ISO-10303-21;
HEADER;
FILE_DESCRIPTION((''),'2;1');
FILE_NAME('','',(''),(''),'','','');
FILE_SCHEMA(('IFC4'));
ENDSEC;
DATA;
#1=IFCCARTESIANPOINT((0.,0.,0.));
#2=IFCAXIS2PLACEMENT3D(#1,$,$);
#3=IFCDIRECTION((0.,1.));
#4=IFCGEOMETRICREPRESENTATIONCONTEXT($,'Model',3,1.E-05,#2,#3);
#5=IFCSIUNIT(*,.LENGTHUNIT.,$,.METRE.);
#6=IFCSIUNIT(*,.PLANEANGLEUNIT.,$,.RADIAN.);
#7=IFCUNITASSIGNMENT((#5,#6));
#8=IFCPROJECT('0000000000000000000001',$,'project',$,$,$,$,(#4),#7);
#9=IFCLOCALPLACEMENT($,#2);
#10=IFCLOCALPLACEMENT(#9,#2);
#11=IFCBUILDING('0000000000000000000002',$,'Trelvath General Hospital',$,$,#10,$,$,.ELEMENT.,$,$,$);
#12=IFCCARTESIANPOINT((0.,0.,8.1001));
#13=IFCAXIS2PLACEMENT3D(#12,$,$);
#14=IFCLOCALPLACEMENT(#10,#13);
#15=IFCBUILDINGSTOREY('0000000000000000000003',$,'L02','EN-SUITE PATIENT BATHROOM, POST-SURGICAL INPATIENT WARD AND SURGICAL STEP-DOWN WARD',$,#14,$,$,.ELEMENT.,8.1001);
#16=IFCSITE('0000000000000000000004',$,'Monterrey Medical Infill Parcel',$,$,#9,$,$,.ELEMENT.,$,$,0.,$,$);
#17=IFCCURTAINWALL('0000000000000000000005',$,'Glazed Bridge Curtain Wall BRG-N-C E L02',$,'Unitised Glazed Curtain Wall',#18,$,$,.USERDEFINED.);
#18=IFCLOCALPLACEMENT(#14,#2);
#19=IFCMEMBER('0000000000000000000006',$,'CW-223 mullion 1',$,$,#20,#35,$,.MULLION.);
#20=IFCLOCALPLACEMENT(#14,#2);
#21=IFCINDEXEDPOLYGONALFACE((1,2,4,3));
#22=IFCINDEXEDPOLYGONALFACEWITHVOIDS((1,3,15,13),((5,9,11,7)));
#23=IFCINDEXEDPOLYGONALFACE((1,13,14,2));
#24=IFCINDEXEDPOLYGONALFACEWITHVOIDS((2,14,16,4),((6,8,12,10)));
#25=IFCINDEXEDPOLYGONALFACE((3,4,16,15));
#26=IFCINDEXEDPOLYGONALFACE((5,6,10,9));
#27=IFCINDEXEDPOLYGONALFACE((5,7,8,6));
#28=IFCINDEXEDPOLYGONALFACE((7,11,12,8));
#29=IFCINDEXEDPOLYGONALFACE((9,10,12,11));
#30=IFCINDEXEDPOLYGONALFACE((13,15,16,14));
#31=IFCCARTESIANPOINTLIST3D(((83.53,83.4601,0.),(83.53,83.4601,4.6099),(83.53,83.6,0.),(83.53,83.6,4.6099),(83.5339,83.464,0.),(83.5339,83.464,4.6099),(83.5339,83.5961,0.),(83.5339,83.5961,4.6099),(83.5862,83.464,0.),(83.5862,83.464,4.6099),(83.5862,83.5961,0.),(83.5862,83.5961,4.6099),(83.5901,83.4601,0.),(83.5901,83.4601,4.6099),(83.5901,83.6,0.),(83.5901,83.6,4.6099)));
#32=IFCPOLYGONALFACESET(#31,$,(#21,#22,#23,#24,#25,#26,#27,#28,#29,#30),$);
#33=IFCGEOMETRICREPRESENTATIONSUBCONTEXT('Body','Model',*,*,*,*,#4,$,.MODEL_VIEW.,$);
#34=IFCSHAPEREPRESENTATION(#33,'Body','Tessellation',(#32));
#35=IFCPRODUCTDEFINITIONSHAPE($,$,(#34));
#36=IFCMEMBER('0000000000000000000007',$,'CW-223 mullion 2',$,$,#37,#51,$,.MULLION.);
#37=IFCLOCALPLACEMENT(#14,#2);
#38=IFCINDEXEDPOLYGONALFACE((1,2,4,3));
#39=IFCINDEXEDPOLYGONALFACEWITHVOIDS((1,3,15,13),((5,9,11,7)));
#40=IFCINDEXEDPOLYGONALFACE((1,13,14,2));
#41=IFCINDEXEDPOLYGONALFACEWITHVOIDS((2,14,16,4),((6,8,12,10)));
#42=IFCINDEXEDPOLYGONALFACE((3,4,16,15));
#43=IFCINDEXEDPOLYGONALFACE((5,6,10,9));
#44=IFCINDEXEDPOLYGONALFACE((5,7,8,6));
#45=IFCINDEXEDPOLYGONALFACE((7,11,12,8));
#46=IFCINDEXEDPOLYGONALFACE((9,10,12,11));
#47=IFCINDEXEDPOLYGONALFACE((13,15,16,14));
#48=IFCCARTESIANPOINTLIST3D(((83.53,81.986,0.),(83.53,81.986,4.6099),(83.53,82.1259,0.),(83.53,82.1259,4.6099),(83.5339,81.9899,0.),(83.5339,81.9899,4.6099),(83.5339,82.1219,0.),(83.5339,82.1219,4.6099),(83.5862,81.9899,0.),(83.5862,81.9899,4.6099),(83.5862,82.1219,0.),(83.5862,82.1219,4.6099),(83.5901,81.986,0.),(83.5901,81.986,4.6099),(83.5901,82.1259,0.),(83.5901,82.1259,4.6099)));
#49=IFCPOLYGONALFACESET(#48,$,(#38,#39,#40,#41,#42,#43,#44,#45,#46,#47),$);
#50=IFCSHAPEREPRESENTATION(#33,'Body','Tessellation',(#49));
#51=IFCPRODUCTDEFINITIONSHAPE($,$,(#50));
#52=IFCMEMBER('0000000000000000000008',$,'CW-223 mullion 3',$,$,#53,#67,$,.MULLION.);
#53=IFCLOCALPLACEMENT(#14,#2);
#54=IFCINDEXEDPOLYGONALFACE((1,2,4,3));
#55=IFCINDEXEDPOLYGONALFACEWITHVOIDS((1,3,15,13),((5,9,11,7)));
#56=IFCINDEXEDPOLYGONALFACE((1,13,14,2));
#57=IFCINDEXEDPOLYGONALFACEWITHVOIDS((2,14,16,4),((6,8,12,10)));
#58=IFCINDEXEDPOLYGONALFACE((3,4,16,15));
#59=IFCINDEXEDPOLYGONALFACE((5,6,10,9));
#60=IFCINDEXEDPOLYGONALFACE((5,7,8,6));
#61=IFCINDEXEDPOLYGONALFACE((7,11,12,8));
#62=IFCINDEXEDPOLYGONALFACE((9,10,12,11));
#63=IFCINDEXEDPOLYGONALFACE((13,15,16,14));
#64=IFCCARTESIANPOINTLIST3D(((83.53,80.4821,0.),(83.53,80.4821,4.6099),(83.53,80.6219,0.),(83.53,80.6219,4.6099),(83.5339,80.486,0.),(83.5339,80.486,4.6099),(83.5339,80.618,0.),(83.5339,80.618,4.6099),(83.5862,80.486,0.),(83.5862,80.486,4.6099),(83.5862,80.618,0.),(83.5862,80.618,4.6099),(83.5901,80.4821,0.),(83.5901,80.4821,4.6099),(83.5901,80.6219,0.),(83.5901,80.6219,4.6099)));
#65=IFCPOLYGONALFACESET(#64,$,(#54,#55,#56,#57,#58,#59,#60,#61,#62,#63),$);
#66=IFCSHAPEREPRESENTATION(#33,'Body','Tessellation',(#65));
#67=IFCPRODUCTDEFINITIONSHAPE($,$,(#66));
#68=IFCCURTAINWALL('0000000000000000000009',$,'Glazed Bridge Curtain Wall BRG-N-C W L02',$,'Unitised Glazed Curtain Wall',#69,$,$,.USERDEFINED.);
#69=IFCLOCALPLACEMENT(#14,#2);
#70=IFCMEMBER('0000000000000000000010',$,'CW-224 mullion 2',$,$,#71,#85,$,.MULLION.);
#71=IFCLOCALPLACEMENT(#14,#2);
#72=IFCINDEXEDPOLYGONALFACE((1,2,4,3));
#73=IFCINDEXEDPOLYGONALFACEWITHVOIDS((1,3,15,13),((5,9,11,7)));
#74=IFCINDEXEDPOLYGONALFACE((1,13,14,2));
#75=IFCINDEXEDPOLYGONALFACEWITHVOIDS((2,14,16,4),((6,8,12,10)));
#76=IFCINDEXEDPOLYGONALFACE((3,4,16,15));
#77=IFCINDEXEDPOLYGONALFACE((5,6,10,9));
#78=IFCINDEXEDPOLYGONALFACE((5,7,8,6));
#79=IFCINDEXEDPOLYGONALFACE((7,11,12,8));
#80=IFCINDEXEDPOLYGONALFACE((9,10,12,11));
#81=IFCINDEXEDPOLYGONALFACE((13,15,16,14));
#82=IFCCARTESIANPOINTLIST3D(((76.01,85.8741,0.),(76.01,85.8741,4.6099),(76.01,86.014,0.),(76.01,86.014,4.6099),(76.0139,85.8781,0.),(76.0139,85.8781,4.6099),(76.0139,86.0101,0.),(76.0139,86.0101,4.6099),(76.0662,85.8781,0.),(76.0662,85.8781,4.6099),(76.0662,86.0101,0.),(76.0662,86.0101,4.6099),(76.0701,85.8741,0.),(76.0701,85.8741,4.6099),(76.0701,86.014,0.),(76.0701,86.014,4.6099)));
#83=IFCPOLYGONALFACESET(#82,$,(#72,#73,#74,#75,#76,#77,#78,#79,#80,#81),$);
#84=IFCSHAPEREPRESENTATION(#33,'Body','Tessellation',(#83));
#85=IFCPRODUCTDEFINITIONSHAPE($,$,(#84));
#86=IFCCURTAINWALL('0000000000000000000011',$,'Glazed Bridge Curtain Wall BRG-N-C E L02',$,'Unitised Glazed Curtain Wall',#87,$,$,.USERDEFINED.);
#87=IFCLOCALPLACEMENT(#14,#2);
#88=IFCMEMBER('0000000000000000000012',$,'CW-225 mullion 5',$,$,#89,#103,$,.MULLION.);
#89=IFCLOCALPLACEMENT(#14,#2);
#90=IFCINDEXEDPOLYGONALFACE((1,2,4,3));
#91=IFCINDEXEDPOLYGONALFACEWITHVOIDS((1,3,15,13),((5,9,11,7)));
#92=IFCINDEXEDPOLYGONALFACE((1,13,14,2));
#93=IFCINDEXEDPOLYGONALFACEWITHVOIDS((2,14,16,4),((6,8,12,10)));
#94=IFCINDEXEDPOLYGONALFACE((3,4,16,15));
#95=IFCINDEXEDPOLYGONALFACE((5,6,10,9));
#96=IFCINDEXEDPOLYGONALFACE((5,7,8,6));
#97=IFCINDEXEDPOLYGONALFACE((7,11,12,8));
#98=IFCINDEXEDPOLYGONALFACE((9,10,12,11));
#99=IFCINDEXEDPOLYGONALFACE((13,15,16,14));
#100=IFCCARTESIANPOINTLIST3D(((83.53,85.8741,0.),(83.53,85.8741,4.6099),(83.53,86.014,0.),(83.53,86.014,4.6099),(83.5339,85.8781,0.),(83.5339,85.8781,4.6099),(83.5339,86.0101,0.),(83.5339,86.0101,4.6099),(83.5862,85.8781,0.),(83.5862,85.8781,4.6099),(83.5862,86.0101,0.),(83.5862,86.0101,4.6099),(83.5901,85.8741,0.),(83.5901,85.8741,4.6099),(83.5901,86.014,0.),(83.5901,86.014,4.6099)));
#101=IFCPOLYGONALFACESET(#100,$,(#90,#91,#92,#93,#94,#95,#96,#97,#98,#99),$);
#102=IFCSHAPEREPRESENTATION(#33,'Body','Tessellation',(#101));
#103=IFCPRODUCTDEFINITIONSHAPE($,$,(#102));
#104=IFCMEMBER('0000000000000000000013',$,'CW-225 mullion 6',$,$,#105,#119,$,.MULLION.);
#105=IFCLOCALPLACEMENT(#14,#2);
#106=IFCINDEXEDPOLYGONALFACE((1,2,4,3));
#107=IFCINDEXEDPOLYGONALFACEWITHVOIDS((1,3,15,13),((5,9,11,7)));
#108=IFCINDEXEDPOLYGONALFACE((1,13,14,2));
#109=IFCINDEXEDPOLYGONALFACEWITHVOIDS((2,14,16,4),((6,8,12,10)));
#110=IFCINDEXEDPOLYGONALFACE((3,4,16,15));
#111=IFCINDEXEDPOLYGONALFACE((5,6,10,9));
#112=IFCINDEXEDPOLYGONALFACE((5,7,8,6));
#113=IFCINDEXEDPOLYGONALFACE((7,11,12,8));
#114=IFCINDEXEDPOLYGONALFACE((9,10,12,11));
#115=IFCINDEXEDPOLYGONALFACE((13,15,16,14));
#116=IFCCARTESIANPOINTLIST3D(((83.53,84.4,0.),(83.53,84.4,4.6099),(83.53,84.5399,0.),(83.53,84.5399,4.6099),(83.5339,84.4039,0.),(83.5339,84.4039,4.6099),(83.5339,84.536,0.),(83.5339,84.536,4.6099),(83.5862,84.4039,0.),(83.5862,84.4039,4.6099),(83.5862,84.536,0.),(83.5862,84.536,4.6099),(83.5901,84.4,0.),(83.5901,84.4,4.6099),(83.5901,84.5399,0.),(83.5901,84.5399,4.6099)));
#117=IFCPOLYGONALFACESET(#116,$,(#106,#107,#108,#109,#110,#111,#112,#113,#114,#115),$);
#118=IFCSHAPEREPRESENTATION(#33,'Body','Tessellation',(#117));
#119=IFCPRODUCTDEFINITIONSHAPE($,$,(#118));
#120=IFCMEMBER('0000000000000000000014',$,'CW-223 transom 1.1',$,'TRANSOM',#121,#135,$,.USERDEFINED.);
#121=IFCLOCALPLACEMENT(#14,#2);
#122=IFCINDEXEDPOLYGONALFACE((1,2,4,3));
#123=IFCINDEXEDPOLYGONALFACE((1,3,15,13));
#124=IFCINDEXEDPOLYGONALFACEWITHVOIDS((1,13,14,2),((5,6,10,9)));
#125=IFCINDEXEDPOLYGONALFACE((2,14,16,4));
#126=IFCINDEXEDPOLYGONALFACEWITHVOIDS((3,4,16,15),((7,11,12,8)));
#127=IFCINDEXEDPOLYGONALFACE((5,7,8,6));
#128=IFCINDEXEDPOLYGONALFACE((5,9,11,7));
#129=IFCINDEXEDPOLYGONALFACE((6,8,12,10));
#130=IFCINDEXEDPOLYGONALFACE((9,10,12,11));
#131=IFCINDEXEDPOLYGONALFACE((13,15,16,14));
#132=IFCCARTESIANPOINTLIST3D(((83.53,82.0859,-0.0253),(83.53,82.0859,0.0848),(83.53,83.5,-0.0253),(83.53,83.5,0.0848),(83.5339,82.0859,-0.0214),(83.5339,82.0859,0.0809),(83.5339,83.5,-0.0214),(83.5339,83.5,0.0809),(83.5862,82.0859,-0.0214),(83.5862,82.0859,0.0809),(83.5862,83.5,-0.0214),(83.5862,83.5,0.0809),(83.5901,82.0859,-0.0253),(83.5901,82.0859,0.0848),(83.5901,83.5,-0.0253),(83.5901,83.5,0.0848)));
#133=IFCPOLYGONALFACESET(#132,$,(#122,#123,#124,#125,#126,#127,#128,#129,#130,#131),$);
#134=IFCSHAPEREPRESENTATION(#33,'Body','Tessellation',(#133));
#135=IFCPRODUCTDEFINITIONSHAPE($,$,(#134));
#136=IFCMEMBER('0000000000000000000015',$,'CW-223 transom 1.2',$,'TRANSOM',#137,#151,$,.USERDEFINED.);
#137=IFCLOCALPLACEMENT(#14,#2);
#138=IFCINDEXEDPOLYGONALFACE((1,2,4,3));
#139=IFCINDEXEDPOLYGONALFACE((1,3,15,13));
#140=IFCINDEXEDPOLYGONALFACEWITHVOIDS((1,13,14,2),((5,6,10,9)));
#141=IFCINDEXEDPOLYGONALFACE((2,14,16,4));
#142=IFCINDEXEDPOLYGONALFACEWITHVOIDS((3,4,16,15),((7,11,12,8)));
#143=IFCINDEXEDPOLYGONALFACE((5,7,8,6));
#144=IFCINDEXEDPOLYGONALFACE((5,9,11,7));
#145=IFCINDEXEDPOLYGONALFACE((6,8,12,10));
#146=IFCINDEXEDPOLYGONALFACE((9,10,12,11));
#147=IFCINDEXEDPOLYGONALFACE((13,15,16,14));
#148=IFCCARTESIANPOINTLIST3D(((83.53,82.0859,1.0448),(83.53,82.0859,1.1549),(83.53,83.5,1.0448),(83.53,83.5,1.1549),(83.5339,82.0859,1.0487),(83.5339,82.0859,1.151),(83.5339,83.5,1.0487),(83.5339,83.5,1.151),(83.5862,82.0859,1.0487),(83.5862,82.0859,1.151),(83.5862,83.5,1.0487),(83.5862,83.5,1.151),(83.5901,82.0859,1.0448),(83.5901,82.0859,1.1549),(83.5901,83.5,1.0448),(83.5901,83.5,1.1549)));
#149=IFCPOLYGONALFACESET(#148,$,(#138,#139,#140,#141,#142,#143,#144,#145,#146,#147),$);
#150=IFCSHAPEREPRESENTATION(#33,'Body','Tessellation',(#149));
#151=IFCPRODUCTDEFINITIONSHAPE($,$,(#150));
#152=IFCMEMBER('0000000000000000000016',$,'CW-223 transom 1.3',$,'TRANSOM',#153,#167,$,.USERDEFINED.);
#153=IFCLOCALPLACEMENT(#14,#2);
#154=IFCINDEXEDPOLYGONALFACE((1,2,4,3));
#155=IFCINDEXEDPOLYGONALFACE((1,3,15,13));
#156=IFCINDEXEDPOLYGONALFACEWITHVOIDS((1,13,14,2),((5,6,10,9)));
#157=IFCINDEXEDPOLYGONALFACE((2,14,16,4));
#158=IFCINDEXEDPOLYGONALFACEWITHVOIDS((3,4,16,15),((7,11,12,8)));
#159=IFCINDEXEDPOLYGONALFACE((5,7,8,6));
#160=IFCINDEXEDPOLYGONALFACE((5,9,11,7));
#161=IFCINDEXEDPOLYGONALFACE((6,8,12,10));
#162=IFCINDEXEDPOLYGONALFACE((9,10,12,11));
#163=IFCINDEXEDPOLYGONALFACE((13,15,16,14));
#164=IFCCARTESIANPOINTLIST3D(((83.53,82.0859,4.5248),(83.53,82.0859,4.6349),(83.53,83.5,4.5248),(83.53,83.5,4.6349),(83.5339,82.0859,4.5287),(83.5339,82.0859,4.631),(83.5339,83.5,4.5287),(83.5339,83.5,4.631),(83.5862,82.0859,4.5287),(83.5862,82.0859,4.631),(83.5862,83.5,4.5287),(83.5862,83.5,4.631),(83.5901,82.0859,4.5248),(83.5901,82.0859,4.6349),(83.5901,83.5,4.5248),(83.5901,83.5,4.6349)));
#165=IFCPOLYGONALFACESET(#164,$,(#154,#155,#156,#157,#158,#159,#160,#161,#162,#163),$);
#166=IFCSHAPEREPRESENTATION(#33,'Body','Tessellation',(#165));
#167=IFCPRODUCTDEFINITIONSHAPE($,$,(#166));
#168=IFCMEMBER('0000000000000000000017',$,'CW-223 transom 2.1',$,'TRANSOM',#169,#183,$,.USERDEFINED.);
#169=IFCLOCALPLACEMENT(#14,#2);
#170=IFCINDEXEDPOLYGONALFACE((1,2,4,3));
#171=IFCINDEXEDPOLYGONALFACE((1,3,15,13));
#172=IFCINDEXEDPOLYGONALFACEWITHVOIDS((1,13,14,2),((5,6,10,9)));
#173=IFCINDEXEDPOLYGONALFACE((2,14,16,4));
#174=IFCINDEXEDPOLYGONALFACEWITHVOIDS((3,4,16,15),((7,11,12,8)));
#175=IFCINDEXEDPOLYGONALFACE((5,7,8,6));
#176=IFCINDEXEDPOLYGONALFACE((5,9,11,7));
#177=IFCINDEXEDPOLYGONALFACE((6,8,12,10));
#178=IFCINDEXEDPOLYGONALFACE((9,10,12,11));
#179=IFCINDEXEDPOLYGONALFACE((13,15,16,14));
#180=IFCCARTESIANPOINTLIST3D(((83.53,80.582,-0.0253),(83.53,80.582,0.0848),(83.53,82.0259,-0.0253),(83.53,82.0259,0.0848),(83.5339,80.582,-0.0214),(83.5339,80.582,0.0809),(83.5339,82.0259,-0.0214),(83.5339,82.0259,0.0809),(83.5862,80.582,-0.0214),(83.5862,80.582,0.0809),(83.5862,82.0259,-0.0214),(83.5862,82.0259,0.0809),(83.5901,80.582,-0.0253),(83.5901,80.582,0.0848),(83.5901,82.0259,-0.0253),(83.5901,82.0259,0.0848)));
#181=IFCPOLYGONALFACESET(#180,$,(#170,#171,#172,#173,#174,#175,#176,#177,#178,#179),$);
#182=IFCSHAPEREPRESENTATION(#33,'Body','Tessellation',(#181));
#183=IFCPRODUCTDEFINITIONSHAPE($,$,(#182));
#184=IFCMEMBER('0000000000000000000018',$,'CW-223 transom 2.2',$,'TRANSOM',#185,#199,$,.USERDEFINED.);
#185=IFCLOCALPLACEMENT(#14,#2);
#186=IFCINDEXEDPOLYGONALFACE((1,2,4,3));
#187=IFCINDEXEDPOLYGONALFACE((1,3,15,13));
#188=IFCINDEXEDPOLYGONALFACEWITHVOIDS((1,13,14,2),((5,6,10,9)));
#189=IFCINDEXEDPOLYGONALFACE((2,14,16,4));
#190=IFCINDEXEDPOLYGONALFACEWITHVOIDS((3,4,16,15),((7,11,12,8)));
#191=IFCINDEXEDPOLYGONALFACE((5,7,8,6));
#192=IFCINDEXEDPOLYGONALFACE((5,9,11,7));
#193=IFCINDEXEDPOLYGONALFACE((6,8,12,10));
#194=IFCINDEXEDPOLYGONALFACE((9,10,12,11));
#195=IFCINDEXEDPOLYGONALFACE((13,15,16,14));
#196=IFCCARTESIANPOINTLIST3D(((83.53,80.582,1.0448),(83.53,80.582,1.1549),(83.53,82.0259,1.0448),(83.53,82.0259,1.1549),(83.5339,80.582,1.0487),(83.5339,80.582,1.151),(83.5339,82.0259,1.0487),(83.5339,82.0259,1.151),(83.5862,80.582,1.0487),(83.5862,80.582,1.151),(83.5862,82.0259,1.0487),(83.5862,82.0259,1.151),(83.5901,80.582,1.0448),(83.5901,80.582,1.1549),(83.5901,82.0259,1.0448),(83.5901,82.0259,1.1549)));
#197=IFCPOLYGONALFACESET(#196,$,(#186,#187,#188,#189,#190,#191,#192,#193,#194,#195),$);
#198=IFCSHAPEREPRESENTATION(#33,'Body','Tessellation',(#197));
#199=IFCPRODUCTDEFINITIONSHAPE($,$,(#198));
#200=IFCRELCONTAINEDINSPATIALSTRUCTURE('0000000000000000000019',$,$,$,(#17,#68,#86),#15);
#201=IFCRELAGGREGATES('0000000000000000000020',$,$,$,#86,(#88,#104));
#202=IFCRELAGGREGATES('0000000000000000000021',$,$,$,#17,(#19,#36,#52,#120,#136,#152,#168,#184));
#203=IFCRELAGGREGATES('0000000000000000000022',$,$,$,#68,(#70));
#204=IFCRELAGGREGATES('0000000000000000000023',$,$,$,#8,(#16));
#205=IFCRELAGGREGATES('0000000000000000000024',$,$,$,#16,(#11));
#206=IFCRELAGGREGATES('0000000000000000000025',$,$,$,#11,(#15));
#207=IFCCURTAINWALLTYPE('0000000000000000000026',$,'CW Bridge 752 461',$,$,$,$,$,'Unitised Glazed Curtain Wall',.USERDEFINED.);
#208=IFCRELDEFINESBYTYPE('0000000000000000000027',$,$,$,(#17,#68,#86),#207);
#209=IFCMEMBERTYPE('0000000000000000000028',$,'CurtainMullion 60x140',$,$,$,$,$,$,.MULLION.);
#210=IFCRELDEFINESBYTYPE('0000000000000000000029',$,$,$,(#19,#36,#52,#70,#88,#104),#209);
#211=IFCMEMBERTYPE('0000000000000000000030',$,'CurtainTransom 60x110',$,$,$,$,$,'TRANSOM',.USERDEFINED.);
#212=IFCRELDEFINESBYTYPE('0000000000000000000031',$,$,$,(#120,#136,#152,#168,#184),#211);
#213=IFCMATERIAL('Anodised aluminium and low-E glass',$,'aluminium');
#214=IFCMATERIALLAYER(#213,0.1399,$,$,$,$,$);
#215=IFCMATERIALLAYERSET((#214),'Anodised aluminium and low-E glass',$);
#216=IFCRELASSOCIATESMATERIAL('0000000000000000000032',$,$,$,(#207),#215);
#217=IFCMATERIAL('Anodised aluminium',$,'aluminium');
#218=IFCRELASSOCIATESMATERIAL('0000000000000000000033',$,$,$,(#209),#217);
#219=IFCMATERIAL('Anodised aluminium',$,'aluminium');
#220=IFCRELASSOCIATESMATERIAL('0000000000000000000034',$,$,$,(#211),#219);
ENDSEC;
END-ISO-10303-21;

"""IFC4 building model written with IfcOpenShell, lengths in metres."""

from ifc_helpers import new_model, si_unit, direction, frame, origin, origin_2d, place, context, subcontext, project, spatial, hollow_rectangle, extrude, material, layer, layer_set, material_profile, profile_set, type_object, element, aggregate, save


model = new_model("IFC4")

# Units and contexts
model_context = context("Model", 3, precision=1e-05, world=origin(), true_north=direction((0.0, 1.0)))
body_context = subcontext(model_context, "Body", "Model", "MODEL_VIEW")
ifc_project = project(units=[si_unit("LENGTHUNIT", "METRE"), si_unit("PLANEANGLEUNIT", "RADIAN")], contexts=[model_context])

# Site, building, storey
site_placement = place(None, origin())
site = spatial("IfcSite", under=ifc_project, at=site_placement, Name="Monterrey Medical Infill Parcel", CompositionType="ELEMENT", RefElevation=0.0)
building_placement = place(site_placement, origin())
building = spatial("IfcBuilding", under=site, at=building_placement, Name="Trelvath General Hospital", CompositionType="ELEMENT")
storey_placement = place(building_placement, frame((0.0, 0.0, 8.1001)))
storey = spatial("IfcBuildingStorey", under=building, at=storey_placement, Name="L02", Description="EN-SUITE PATIENT BATHROOM, POST-SURGICAL INPATIENT WARD AND SURGICAL STEP-DOWN WARD", CompositionType="ELEMENT", Elevation=8.1001)

# Curtain wall, members
ifc_material_1 = material(Name="Anodised aluminium and low-E glass", Category="aluminium")
ifc_layer_1 = layer(ifc_material_1, 0.1399)
ifc_layer_set_1 = layer_set([ifc_layer_1], Name="Anodised aluminium and low-E glass")
curtain_wall_type = type_object("IfcCurtainWallType", Name="CW Bridge 752 461", ElementType="Unitised Glazed Curtain Wall", PredefinedType="USERDEFINED", material=ifc_layer_set_1)
curtain_wall_1_placement = place(storey_placement, origin())
curtain_wall_1 = element("IfcCurtainWall", 1, at=curtain_wall_1_placement, inside=storey, type_object=curtain_wall_type, Name="Glazed Bridge Curtain Wall BRG-N-C E L02", ObjectType="Unitised Glazed Curtain Wall", PredefinedType="USERDEFINED")
ifc_material_2 = material(Name="Anodised aluminium", Category="aluminium")
ifc_material_profile_1 = material_profile(ifc_material_2, hollow_rectangle(XDim=0.0601, YDim=0.1399, WallThickness=0.0039, at=origin_2d()), Name="RHS60x140x4")
ifc_profile_set_1 = profile_set([ifc_material_profile_1], Name="Anodised aluminium")
member_type_1 = type_object("IfcMemberType", Name="CurtainMullion 60x140", PredefinedType="MULLION", material=ifc_profile_set_1)
member_1_placement = place(storey_placement, frame((83.5601, 83.53, 0.0), z_axis=(0.0, 0.0, 1.0), x_axis=(1.0, 0.0, 0.0)))
member_1 = element("IfcMember", 2, at=member_1_placement, type_object=member_type_1, Name="CW-223 mullion 1", PredefinedType="MULLION", context=body_context, shape_type="SweptSolid", body=[
    extrude(hollow_rectangle(XDim=0.0601, YDim=0.1399, WallThickness=0.0039, at=origin_2d()), origin(), (0.0, 0.0, 1.0), 4.6099),
])
member_2_placement = place(storey_placement, frame((83.5601, 82.0559, 0.0), z_axis=(0.0, 0.0, 1.0), x_axis=(1.0, 0.0, 0.0)))
member_2 = element("IfcMember", 3, at=member_2_placement, type_object=member_type_1, Name="CW-223 mullion 2", PredefinedType="MULLION", context=body_context, shape_type="SweptSolid", body=[
    extrude(hollow_rectangle(XDim=0.0601, YDim=0.1399, WallThickness=0.0039, at=origin_2d()), origin(), (0.0, 0.0, 1.0), 4.6099),
])
member_3_placement = place(storey_placement, frame((83.5601, 80.552, 0.0), z_axis=(0.0, 0.0, 1.0), x_axis=(1.0, 0.0, 0.0)))
member_3 = element("IfcMember", 4, at=member_3_placement, type_object=member_type_1, Name="CW-223 mullion 3", PredefinedType="MULLION", context=body_context, shape_type="SweptSolid", body=[
    extrude(hollow_rectangle(XDim=0.0601, YDim=0.1399, WallThickness=0.0039, at=origin_2d()), origin(), (0.0, 0.0, 1.0), 4.6099),
])

# Curtain wall, member
curtain_wall_2_placement = place(storey_placement, origin())
curtain_wall_2 = element("IfcCurtainWall", 5, at=curtain_wall_2_placement, inside=storey, type_object=curtain_wall_type, Name="Glazed Bridge Curtain Wall BRG-N-C W L02", ObjectType="Unitised Glazed Curtain Wall", PredefinedType="USERDEFINED")
member_4_placement = place(storey_placement, frame((76.04, 85.9441, 0.0), z_axis=(0.0, 0.0, 1.0), x_axis=(-1.0, 0.0, 0.0)))
member_4 = element("IfcMember", 6, at=member_4_placement, type_object=member_type_1, Name="CW-224 mullion 2", PredefinedType="MULLION", context=body_context, shape_type="SweptSolid", body=[
    extrude(hollow_rectangle(XDim=0.0601, YDim=0.1399, WallThickness=0.0039, at=origin_2d()), origin(), (0.0, 0.0, 1.0), 4.6099),
])

# Curtain wall, members
curtain_wall_3_placement = place(storey_placement, origin())
curtain_wall_3 = element("IfcCurtainWall", 7, at=curtain_wall_3_placement, inside=storey, type_object=curtain_wall_type, Name="Glazed Bridge Curtain Wall BRG-N-C E L02", ObjectType="Unitised Glazed Curtain Wall", PredefinedType="USERDEFINED")
member_5_placement = place(storey_placement, frame((83.5601, 85.9441, 0.0), z_axis=(0.0, 0.0, 1.0), x_axis=(1.0, 0.0, 0.0)))
member_5 = element("IfcMember", 8, at=member_5_placement, type_object=member_type_1, Name="CW-225 mullion 5", PredefinedType="MULLION", context=body_context, shape_type="SweptSolid", body=[
    extrude(hollow_rectangle(XDim=0.0601, YDim=0.1399, WallThickness=0.0039, at=origin_2d()), origin(), (0.0, 0.0, 1.0), 4.6099),
])
member_6_placement = place(storey_placement, frame((83.5601, 84.47, 0.0), z_axis=(0.0, 0.0, 1.0), x_axis=(1.0, 0.0, 0.0)))
member_6 = element("IfcMember", 9, at=member_6_placement, type_object=member_type_1, Name="CW-225 mullion 6", PredefinedType="MULLION", context=body_context, shape_type="SweptSolid", body=[
    extrude(hollow_rectangle(XDim=0.0601, YDim=0.1399, WallThickness=0.0039, at=origin_2d()), origin(), (0.0, 0.0, 1.0), 4.6099),
])
aggregate(curtain_wall_3, [member_5, member_6])

# Members
ifc_material_3 = material(Name="Anodised aluminium", Category="aluminium")
ifc_material_profile_2 = material_profile(ifc_material_3, hollow_rectangle(XDim=0.0601, YDim=0.1101, WallThickness=0.0039, at=origin_2d()), Name="RHS60x110x4")
ifc_profile_set_2 = profile_set([ifc_material_profile_2], Name="Anodised aluminium")
member_type_2 = type_object("IfcMemberType", Name="CurtainTransom 60x110", ElementType="TRANSOM", PredefinedType="USERDEFINED", material=ifc_profile_set_2)
member_7_placement = place(storey_placement, frame((83.5601, 83.5, 0.0298), z_axis=(0.0, -1.0, 0.0), x_axis=(1.0, 0.0, 0.0)))
member_7 = element("IfcMember", 10, at=member_7_placement, type_object=member_type_2, Name="CW-223 transom 1.1", ObjectType="TRANSOM", PredefinedType="USERDEFINED", context=body_context, shape_type="SweptSolid", body=[
    extrude(hollow_rectangle(XDim=0.0601, YDim=0.1101, WallThickness=0.0039, at=origin_2d()), origin(), (0.0, 0.0, 1.0), 1.4141),
])
member_8_placement = place(storey_placement, frame((83.5601, 83.5, 1.0999), z_axis=(0.0, -1.0, 0.0), x_axis=(1.0, 0.0, 0.0)))
member_8 = element("IfcMember", 11, at=member_8_placement, type_object=member_type_2, Name="CW-223 transom 1.2", ObjectType="TRANSOM", PredefinedType="USERDEFINED", context=body_context, shape_type="SweptSolid", body=[
    extrude(hollow_rectangle(XDim=0.0601, YDim=0.1101, WallThickness=0.0039, at=origin_2d()), origin(), (0.0, 0.0, 1.0), 1.4141),
])
member_9_placement = place(storey_placement, frame((83.5601, 83.5, 4.5798), z_axis=(0.0, -1.0, 0.0), x_axis=(1.0, 0.0, 0.0)))
member_9 = element("IfcMember", 12, at=member_9_placement, type_object=member_type_2, Name="CW-223 transom 1.3", ObjectType="TRANSOM", PredefinedType="USERDEFINED", context=body_context, shape_type="SweptSolid", body=[
    extrude(hollow_rectangle(XDim=0.0601, YDim=0.1101, WallThickness=0.0039, at=origin_2d()), origin(), (0.0, 0.0, 1.0), 1.4141),
])
member_10_placement = place(storey_placement, frame((83.5601, 82.0259, 0.0298), z_axis=(0.0, -1.0, 0.0), x_axis=(1.0, 0.0, 0.0)))
member_10 = element("IfcMember", 13, at=member_10_placement, type_object=member_type_2, Name="CW-223 transom 2.1", ObjectType="TRANSOM", PredefinedType="USERDEFINED", context=body_context, shape_type="SweptSolid", body=[
    extrude(hollow_rectangle(XDim=0.0601, YDim=0.1101, WallThickness=0.0039, at=origin_2d()), origin(), (0.0, 0.0, 1.0), 1.4438),
])
member_11_placement = place(storey_placement, frame((83.5601, 82.0259, 1.0999), z_axis=(0.0, -1.0, 0.0), x_axis=(1.0, 0.0, 0.0)))
member_11 = element("IfcMember", 14, at=member_11_placement, type_object=member_type_2, Name="CW-223 transom 2.2", ObjectType="TRANSOM", PredefinedType="USERDEFINED", context=body_context, shape_type="SweptSolid", body=[
    extrude(hollow_rectangle(XDim=0.0601, YDim=0.1101, WallThickness=0.0039, at=origin_2d()), origin(), (0.0, 0.0, 1.0), 1.4438),
])

aggregate(curtain_wall_1, [member_1, member_2, member_3, member_7, member_8, member_9, member_10, member_11])
aggregate(curtain_wall_2, [member_4])

save(model, "model.ifc")
